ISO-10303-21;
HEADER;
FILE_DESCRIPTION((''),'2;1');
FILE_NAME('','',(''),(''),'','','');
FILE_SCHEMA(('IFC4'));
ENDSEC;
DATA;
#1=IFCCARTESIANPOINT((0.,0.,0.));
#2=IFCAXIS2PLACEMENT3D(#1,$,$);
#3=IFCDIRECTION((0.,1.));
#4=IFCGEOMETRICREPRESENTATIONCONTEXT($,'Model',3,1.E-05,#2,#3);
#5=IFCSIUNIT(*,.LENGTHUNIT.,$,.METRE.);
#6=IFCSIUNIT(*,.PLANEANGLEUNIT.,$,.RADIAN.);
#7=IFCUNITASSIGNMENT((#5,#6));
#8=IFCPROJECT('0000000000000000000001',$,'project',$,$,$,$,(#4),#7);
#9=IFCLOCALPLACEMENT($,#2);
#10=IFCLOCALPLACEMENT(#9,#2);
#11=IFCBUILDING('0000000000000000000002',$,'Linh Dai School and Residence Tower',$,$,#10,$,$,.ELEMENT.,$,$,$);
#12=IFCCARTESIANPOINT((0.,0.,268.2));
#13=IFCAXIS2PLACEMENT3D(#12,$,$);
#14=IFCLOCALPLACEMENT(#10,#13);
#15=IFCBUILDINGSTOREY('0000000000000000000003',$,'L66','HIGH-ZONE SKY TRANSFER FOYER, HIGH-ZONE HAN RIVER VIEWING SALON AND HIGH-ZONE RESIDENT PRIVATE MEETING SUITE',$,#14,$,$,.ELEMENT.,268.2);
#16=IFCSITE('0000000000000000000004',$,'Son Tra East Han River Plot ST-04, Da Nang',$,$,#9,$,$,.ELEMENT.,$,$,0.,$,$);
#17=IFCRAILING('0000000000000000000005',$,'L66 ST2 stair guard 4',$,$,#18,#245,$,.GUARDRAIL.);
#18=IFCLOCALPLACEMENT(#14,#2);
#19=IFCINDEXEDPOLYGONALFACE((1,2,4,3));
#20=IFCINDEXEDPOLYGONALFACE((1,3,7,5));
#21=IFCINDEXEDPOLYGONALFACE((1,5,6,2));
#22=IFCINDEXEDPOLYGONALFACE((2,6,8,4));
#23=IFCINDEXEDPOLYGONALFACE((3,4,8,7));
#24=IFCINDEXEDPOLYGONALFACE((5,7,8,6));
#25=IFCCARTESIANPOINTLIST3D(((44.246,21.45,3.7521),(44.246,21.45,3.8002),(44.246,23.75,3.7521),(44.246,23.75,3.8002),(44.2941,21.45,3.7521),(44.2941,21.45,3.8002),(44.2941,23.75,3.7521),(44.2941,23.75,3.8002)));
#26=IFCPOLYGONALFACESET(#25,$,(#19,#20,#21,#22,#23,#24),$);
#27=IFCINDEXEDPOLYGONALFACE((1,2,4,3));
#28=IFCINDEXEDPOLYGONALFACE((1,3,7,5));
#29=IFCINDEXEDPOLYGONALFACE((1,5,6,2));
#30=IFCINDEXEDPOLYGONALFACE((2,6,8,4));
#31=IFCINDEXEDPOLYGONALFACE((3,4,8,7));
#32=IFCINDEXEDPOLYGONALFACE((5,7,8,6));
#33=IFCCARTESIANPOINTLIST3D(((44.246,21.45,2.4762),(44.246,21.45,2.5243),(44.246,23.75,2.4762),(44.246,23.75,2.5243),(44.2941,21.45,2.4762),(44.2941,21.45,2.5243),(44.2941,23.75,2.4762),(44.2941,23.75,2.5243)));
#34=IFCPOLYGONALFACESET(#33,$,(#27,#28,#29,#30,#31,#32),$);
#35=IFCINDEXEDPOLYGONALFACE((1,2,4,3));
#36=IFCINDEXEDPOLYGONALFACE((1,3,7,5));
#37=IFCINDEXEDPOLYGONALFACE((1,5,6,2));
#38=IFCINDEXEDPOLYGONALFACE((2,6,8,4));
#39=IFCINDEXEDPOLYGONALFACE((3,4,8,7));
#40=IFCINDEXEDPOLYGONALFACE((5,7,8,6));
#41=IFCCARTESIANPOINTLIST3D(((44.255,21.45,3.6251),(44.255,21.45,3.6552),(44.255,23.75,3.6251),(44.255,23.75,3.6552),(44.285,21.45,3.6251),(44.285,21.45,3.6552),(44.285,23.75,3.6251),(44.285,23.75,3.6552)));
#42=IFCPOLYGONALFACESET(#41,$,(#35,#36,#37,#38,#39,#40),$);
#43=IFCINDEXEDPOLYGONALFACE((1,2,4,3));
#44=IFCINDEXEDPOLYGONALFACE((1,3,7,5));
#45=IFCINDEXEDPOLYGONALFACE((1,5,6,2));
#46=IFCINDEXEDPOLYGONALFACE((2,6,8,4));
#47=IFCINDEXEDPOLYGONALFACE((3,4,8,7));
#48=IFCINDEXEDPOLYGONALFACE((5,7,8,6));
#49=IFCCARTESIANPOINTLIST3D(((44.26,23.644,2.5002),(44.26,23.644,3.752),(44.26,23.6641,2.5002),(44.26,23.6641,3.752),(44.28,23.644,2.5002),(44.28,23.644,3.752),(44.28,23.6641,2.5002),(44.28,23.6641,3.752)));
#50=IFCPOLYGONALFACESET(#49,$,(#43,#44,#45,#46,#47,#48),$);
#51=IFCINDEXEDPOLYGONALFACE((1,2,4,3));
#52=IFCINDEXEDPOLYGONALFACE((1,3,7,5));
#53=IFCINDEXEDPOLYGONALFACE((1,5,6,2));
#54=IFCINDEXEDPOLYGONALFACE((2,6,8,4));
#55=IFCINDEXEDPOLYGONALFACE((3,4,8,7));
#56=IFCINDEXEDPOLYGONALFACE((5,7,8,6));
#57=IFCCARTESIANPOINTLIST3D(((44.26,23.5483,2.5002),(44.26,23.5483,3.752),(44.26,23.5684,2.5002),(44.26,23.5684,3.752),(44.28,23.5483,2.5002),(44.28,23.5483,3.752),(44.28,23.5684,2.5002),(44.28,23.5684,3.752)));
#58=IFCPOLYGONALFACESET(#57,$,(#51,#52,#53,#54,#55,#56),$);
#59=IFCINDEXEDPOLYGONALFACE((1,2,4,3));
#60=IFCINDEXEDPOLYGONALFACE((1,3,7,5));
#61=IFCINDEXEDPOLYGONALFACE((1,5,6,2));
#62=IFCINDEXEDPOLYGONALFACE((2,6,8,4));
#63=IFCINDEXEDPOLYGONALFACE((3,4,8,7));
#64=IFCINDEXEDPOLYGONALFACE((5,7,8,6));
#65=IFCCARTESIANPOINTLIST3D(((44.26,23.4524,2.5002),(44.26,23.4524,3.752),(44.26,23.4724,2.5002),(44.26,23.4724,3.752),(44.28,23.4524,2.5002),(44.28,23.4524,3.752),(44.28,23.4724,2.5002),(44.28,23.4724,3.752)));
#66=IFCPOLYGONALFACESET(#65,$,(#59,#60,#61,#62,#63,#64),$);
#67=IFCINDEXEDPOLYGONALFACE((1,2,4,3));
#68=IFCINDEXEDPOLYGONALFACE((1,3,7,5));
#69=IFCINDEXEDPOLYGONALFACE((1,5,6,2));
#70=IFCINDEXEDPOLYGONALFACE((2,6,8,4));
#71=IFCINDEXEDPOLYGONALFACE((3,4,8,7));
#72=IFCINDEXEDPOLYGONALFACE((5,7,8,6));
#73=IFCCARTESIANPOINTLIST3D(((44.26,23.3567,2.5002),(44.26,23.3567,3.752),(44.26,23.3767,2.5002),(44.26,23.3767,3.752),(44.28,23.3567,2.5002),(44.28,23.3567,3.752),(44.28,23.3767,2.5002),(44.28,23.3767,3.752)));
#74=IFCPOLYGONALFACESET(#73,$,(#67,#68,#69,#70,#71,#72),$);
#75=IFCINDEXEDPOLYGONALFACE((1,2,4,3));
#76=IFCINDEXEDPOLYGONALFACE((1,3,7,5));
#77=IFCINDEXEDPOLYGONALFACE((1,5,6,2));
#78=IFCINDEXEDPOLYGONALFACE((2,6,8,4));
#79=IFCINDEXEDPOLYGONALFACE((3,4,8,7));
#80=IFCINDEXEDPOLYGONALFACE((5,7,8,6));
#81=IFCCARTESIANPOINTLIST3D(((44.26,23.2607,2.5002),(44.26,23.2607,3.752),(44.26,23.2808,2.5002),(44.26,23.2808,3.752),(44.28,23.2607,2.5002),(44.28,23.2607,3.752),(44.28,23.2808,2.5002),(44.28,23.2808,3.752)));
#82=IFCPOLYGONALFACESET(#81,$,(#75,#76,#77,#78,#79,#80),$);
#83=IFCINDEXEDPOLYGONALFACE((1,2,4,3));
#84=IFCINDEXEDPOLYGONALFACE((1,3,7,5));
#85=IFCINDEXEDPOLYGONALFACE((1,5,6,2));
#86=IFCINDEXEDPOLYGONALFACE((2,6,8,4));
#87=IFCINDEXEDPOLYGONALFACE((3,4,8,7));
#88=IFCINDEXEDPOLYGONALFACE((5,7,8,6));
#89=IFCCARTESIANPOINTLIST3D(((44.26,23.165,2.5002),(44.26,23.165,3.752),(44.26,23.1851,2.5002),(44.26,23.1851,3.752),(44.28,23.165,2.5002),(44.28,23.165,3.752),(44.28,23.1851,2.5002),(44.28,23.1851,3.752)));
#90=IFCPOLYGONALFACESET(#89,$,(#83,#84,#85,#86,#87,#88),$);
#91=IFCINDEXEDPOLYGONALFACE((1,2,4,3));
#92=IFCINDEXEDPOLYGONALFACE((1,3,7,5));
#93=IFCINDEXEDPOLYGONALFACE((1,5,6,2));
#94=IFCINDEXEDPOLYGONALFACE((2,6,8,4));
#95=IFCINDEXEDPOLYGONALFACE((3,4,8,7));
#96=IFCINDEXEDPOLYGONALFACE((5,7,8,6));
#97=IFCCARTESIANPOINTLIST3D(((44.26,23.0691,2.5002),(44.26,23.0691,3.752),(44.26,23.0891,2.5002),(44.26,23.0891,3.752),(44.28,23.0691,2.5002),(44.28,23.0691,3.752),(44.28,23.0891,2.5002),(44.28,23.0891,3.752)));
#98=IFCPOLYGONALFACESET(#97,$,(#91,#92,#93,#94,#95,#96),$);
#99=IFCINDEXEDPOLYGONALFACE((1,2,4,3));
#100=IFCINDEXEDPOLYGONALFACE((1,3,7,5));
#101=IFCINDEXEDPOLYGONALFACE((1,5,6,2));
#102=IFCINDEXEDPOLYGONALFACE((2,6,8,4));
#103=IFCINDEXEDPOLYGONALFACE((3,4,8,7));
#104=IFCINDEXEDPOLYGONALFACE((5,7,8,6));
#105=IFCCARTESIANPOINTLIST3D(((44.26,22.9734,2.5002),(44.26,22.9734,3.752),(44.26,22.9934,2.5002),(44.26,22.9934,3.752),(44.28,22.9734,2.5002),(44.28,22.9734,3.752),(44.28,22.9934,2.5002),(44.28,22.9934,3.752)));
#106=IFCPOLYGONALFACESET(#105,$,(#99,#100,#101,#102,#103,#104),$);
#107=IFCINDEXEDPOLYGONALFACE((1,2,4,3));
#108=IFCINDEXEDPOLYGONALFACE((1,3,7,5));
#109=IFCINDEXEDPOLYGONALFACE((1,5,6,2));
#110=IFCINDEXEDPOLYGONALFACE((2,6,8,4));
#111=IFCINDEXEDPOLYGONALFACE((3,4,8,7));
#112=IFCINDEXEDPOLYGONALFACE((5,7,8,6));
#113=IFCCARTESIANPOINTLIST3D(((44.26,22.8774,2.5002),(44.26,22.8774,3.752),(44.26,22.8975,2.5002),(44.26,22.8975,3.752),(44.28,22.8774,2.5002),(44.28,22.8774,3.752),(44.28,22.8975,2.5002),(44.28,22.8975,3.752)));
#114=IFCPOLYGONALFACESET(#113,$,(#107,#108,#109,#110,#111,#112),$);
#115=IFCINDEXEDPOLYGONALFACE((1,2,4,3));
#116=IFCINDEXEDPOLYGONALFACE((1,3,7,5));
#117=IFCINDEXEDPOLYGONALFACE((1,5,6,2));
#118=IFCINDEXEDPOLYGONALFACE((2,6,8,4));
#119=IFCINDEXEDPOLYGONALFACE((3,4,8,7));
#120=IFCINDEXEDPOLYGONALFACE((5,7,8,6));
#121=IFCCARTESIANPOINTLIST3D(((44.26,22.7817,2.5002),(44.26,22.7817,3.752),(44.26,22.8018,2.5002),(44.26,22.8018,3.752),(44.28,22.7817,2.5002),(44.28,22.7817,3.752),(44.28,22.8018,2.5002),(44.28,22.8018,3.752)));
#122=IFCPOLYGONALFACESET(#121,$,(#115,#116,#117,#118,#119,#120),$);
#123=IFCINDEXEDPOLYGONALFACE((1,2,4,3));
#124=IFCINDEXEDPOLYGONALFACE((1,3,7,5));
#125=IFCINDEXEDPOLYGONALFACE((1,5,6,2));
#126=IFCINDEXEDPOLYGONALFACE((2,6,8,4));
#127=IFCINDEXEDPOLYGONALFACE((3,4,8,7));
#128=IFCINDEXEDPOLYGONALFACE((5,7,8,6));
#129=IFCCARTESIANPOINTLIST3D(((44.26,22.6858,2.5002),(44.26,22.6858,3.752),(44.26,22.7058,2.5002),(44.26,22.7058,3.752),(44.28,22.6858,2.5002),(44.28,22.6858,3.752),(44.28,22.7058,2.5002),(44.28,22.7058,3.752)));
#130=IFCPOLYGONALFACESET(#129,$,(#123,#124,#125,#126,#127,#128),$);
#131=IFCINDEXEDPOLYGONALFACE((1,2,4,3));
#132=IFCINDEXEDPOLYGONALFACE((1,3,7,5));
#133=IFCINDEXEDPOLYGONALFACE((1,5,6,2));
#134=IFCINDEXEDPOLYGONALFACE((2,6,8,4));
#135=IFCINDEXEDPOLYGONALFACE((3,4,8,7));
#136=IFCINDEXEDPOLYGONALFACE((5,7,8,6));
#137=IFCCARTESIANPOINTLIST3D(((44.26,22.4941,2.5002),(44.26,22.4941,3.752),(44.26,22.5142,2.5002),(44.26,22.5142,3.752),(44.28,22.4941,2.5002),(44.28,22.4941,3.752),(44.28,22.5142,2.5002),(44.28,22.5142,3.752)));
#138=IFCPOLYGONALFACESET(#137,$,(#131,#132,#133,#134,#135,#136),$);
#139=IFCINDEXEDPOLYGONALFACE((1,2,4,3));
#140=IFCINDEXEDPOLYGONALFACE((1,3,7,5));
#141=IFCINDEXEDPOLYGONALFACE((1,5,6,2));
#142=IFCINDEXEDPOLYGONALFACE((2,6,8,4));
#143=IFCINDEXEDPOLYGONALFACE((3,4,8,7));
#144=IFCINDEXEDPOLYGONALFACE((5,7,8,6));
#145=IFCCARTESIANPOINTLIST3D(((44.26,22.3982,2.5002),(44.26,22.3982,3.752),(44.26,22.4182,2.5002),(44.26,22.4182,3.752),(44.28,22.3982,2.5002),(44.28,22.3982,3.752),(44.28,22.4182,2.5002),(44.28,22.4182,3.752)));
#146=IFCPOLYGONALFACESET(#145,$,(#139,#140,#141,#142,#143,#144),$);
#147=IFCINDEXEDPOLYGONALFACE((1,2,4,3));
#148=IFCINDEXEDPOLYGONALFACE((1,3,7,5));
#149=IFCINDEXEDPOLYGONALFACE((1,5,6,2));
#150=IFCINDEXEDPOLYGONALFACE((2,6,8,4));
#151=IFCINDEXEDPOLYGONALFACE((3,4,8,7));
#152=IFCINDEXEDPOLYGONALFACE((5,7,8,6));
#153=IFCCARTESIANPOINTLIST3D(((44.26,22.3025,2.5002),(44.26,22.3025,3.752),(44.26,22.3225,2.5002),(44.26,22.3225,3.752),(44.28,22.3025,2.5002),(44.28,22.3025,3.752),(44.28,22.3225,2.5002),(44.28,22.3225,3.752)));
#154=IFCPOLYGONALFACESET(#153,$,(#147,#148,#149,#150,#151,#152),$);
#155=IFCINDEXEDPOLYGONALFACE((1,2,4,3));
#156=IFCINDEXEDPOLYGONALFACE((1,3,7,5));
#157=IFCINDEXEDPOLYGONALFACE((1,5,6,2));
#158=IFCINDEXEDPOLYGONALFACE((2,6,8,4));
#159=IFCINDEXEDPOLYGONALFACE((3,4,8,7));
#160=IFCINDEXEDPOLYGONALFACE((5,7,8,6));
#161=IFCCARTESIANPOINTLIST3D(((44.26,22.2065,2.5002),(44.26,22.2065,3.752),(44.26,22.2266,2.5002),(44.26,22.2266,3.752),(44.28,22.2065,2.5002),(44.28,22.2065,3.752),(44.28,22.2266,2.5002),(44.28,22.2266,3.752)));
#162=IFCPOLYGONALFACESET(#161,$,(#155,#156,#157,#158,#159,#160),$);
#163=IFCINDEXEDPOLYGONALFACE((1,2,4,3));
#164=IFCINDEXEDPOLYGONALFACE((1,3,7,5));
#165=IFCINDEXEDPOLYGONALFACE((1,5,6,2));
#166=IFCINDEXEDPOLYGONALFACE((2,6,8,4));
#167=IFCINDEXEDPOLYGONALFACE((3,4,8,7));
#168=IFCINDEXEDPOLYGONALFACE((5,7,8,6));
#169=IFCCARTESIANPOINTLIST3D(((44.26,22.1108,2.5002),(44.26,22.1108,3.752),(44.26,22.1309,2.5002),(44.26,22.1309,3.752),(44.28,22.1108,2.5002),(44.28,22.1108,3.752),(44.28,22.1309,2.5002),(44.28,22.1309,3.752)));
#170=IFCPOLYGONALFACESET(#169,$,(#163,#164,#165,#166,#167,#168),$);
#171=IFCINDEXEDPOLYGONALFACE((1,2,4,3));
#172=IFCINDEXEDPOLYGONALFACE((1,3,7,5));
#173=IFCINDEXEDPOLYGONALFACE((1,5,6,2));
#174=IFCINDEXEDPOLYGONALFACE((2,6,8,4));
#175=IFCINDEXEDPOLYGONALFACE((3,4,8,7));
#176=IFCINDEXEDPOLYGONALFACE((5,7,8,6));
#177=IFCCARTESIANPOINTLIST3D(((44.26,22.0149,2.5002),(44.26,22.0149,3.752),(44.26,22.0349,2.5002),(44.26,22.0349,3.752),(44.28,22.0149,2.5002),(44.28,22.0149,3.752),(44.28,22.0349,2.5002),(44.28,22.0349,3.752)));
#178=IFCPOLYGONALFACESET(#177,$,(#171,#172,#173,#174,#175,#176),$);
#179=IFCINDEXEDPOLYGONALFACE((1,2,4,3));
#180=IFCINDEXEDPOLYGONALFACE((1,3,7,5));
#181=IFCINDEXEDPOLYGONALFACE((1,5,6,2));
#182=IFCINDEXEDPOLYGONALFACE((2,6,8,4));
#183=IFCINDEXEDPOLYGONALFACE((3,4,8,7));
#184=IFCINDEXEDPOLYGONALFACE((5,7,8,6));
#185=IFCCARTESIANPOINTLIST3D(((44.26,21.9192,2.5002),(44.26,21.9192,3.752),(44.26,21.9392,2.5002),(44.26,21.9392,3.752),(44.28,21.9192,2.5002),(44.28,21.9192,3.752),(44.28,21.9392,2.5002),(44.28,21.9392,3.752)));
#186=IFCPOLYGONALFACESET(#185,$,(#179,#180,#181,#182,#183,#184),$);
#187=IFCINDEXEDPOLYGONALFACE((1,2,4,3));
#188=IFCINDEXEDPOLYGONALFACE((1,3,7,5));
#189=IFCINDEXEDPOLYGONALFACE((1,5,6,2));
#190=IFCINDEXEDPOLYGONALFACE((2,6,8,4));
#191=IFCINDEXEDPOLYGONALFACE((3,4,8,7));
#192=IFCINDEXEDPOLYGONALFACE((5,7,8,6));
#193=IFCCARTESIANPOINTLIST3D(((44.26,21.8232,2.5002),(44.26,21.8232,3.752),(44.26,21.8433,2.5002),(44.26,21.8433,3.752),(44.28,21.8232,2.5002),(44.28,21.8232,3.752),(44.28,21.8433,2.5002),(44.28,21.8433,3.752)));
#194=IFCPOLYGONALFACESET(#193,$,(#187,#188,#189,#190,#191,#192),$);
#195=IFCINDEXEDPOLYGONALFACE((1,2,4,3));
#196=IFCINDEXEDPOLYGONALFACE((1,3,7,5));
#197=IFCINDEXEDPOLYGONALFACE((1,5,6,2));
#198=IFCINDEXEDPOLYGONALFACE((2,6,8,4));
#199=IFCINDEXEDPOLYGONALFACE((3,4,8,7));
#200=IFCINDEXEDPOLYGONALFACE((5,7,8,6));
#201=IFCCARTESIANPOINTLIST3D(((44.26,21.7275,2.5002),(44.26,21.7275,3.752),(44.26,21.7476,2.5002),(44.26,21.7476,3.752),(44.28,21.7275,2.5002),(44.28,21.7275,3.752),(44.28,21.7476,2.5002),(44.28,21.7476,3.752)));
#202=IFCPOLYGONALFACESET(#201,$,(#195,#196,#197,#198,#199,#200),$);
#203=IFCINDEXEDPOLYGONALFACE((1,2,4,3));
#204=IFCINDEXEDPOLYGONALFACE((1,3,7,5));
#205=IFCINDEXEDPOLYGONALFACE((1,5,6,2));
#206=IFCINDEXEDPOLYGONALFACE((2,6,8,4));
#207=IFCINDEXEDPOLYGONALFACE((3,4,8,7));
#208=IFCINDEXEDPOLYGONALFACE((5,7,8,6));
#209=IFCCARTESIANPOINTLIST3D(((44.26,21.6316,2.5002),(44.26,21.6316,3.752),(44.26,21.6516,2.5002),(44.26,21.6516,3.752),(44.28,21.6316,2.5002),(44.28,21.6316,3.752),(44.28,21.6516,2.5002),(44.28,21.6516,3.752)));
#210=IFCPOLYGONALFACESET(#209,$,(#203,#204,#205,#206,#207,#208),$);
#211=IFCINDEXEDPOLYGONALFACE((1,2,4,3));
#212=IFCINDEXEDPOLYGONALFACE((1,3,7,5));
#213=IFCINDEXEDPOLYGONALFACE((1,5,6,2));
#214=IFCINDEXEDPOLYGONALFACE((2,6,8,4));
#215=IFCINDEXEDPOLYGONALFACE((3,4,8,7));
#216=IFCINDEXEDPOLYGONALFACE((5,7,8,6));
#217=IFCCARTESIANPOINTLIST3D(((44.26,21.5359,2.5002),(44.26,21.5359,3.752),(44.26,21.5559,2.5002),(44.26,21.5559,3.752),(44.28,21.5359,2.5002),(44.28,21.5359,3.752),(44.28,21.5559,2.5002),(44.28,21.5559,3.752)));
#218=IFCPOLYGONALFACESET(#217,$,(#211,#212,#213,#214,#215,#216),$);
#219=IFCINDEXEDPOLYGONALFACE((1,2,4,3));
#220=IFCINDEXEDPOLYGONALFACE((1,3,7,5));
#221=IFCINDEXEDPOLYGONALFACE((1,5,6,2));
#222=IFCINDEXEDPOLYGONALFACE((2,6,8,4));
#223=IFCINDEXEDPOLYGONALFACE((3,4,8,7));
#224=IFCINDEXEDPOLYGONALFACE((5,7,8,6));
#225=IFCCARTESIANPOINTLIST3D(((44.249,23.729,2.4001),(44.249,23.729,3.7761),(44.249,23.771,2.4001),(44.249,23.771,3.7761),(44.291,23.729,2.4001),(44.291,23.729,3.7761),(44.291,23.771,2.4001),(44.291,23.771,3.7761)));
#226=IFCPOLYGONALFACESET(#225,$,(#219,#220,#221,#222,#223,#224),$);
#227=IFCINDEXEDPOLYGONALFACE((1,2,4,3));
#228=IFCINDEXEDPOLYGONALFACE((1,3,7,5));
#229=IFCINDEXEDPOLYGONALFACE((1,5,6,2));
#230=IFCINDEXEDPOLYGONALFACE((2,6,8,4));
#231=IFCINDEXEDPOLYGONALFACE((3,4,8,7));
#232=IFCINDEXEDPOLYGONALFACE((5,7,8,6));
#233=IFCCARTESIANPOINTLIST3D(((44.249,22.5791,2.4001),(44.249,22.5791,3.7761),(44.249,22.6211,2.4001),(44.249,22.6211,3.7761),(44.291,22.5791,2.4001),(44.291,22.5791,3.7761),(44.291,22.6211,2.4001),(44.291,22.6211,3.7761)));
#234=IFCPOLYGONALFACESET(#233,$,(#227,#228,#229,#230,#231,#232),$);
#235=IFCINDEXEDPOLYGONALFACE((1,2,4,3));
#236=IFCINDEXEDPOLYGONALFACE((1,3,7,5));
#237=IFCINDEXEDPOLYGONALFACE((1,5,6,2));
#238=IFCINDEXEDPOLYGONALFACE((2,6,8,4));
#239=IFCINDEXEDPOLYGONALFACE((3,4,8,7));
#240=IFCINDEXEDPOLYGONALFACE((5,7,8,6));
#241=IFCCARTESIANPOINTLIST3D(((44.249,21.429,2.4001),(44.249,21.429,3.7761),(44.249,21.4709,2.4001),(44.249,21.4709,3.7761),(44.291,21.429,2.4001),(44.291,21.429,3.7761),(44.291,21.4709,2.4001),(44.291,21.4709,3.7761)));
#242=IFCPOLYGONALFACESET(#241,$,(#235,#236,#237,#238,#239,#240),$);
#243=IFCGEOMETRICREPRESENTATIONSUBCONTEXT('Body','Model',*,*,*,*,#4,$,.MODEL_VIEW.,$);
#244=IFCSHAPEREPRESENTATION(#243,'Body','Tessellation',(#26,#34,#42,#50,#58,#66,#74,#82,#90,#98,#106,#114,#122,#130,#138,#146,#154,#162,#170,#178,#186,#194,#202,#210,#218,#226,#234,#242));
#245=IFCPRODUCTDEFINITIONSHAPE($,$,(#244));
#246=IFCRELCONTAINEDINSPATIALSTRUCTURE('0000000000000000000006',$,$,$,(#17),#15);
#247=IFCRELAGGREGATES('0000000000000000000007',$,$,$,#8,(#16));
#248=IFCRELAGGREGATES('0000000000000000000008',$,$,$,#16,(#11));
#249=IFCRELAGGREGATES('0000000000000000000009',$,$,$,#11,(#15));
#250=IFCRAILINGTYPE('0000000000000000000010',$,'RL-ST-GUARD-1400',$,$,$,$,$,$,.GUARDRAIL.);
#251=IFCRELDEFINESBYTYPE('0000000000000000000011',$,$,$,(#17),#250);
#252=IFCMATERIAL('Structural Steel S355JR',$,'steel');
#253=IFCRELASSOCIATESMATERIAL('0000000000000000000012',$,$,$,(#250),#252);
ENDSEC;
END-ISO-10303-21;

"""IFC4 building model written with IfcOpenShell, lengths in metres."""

from ifc_helpers import new_model, si_unit, direction, frame, origin, origin_2d, place, context, subcontext, project, spatial, rectangle, extrude, source, transform, mapped, material, type_object, element, save


model = new_model("IFC4")

# Units and contexts
model_context = context("Model", 3, precision=1e-05, world=origin(), true_north=direction((0.0, 1.0)))
body_context = subcontext(model_context, "Body", "Model", "MODEL_VIEW")
ifc_project = project(units=[si_unit("LENGTHUNIT", "METRE"), si_unit("PLANEANGLEUNIT", "RADIAN")], contexts=[model_context])

# Site, building, storey
site_placement = place(None, origin())
site = spatial("IfcSite", under=ifc_project, at=site_placement, Name="Son Tra East Han River Plot ST-04, Da Nang", CompositionType="ELEMENT", RefElevation=0.0)
building_placement = place(site_placement, origin())
building = spatial("IfcBuilding", under=site, at=building_placement, Name="Linh Dai School and Residence Tower", CompositionType="ELEMENT")
storey_placement = place(building_placement, frame((0.0, 0.0, 268.2)))
storey = spatial("IfcBuildingStorey", under=building, at=storey_placement, Name="L66", Description="HIGH-ZONE SKY TRANSFER FOYER, HIGH-ZONE HAN RIVER VIEWING SALON AND HIGH-ZONE RESIDENT PRIVATE MEETING SUITE", CompositionType="ELEMENT", Elevation=268.2)

# Shared definitions
ifc_material_1 = material(Name="Structural Steel S355JR", Category="steel")

# Railing
railing_type_1 = type_object("IfcRailingType", Name="RL-ST-GUARD-1400", PredefinedType="GUARDRAIL", material=ifc_material_1)
shared_shape_1 = source(origin(), body_context, "Body", "SweptSolid", [
    extrude(rectangle(XDim=0.0481, YDim=0.0481, at=origin_2d()), frame((0.0, 0.0, 1.376), z_axis=(0.0, -1.0, 0.0), x_axis=(1.0, 0.0, 0.0)), (0.0, 0.0, 1.0), 2.3),
    extrude(rectangle(XDim=0.0481, YDim=0.0481, at=origin_2d()), frame((0.0, 0.0, 0.1001), z_axis=(0.0, -1.0, 0.0), x_axis=(1.0, 0.0, 0.0)), (0.0, 0.0, 1.0), 2.3),
    extrude(rectangle(XDim=0.03, YDim=0.03, at=origin_2d()), frame((0.0, 0.0, 1.24), z_axis=(0.0, -1.0, 0.0), x_axis=(1.0, 0.0, 0.0)), (0.0, 0.0, 1.0), 2.3),
    extrude(rectangle(XDim=0.02, YDim=0.02, at=origin_2d()), frame((0.0, -0.0959, 0.1001)), (0.0, 0.0, 1.0), 1.2517),
    extrude(rectangle(XDim=0.02, YDim=0.02, at=origin_2d()), frame((0.0, -0.1917, 0.1001)), (0.0, 0.0, 1.0), 1.2517),
    extrude(rectangle(XDim=0.02, YDim=0.02, at=origin_2d()), frame((0.0, -0.2876, 0.1001)), (0.0, 0.0, 1.0), 1.2517),
    extrude(rectangle(XDim=0.02, YDim=0.02, at=origin_2d()), frame((0.0, -0.3833, 0.1001)), (0.0, 0.0, 1.0), 1.2517),
    extrude(rectangle(XDim=0.02, YDim=0.02, at=origin_2d()), frame((0.0, -0.4792, 0.1001)), (0.0, 0.0, 1.0), 1.2517),
    extrude(rectangle(XDim=0.02, YDim=0.02, at=origin_2d()), frame((0.0, -0.575, 0.1001)), (0.0, 0.0, 1.0), 1.2517),
    extrude(rectangle(XDim=0.02, YDim=0.02, at=origin_2d()), frame((0.0, -0.6709, 0.1001)), (0.0, 0.0, 1.0), 1.2517),
    extrude(rectangle(XDim=0.02, YDim=0.02, at=origin_2d()), frame((0.0, -0.7666, 0.1001)), (0.0, 0.0, 1.0), 1.2517),
    extrude(rectangle(XDim=0.02, YDim=0.02, at=origin_2d()), frame((0.0, -0.8625, 0.1001)), (0.0, 0.0, 1.0), 1.2517),
    extrude(rectangle(XDim=0.02, YDim=0.02, at=origin_2d()), frame((0.0, -0.9583, 0.1001)), (0.0, 0.0, 1.0), 1.2517),
    extrude(rectangle(XDim=0.02, YDim=0.02, at=origin_2d()), frame((0.0, -1.0542, 0.1001)), (0.0, 0.0, 1.0), 1.2517),
    extrude(rectangle(XDim=0.02, YDim=0.02, at=origin_2d()), frame((0.0, -1.2458, 0.1001)), (0.0, 0.0, 1.0), 1.2517),
    extrude(rectangle(XDim=0.02, YDim=0.02, at=origin_2d()), frame((0.0, -1.3418, 0.1001)), (0.0, 0.0, 1.0), 1.2517),
    extrude(rectangle(XDim=0.02, YDim=0.02, at=origin_2d()), frame((0.0, -1.4375, 0.1001)), (0.0, 0.0, 1.0), 1.2517),
    extrude(rectangle(XDim=0.02, YDim=0.02, at=origin_2d()), frame((0.0, -1.5334, 0.1001)), (0.0, 0.0, 1.0), 1.2517),
    extrude(rectangle(XDim=0.02, YDim=0.02, at=origin_2d()), frame((0.0, -1.6292, 0.1001)), (0.0, 0.0, 1.0), 1.2517),
    extrude(rectangle(XDim=0.02, YDim=0.02, at=origin_2d()), frame((0.0, -1.7251, 0.1001)), (0.0, 0.0, 1.0), 1.2517),
    extrude(rectangle(XDim=0.02, YDim=0.02, at=origin_2d()), frame((0.0, -1.8208, 0.1001)), (0.0, 0.0, 1.0), 1.2517),
    extrude(rectangle(XDim=0.02, YDim=0.02, at=origin_2d()), frame((0.0, -1.9167, 0.1001)), (0.0, 0.0, 1.0), 1.2517),
    extrude(rectangle(XDim=0.02, YDim=0.02, at=origin_2d()), frame((0.0, -2.0125, 0.1001)), (0.0, 0.0, 1.0), 1.2517),
    extrude(rectangle(XDim=0.02, YDim=0.02, at=origin_2d()), frame((0.0, -2.1084, 0.1001)), (0.0, 0.0, 1.0), 1.2517),
    extrude(rectangle(XDim=0.02, YDim=0.02, at=origin_2d()), frame((0.0, -2.2041, 0.1001)), (0.0, 0.0, 1.0), 1.2517),
    extrude(rectangle(XDim=0.042, YDim=0.042, at=origin_2d()), origin(), (0.0, 0.0, 1.0), 1.376),
    extrude(rectangle(XDim=0.042, YDim=0.042, at=origin_2d()), frame((0.0, -1.1499, 0.0)), (0.0, 0.0, 1.0), 1.376),
    extrude(rectangle(XDim=0.042, YDim=0.042, at=origin_2d()), frame((0.0, -2.3, 0.0)), (0.0, 0.0, 1.0), 1.376),
])
for number, where, name in (
    (1, (44.27, 23.75, 2.4001), "L66 ST2 stair guard 4"),
):
    element("IfcRailing", number, at=place(storey_placement, frame(where)), inside=storey, type_object=railing_type_1, Name=name, PredefinedType="GUARDRAIL", context=body_context, shape_type="MappedRepresentation", body=[
        mapped(shared_shape_1, transform((0.0, 0.0, 0.0), x_axis=(1.0, 0.0, 0.0), y_axis=(0.0, 1.0, 0.0), z_axis=(0.0, 0.0, 1.0), scale=1.0)),
    ])

save(model, "model.ifc")
